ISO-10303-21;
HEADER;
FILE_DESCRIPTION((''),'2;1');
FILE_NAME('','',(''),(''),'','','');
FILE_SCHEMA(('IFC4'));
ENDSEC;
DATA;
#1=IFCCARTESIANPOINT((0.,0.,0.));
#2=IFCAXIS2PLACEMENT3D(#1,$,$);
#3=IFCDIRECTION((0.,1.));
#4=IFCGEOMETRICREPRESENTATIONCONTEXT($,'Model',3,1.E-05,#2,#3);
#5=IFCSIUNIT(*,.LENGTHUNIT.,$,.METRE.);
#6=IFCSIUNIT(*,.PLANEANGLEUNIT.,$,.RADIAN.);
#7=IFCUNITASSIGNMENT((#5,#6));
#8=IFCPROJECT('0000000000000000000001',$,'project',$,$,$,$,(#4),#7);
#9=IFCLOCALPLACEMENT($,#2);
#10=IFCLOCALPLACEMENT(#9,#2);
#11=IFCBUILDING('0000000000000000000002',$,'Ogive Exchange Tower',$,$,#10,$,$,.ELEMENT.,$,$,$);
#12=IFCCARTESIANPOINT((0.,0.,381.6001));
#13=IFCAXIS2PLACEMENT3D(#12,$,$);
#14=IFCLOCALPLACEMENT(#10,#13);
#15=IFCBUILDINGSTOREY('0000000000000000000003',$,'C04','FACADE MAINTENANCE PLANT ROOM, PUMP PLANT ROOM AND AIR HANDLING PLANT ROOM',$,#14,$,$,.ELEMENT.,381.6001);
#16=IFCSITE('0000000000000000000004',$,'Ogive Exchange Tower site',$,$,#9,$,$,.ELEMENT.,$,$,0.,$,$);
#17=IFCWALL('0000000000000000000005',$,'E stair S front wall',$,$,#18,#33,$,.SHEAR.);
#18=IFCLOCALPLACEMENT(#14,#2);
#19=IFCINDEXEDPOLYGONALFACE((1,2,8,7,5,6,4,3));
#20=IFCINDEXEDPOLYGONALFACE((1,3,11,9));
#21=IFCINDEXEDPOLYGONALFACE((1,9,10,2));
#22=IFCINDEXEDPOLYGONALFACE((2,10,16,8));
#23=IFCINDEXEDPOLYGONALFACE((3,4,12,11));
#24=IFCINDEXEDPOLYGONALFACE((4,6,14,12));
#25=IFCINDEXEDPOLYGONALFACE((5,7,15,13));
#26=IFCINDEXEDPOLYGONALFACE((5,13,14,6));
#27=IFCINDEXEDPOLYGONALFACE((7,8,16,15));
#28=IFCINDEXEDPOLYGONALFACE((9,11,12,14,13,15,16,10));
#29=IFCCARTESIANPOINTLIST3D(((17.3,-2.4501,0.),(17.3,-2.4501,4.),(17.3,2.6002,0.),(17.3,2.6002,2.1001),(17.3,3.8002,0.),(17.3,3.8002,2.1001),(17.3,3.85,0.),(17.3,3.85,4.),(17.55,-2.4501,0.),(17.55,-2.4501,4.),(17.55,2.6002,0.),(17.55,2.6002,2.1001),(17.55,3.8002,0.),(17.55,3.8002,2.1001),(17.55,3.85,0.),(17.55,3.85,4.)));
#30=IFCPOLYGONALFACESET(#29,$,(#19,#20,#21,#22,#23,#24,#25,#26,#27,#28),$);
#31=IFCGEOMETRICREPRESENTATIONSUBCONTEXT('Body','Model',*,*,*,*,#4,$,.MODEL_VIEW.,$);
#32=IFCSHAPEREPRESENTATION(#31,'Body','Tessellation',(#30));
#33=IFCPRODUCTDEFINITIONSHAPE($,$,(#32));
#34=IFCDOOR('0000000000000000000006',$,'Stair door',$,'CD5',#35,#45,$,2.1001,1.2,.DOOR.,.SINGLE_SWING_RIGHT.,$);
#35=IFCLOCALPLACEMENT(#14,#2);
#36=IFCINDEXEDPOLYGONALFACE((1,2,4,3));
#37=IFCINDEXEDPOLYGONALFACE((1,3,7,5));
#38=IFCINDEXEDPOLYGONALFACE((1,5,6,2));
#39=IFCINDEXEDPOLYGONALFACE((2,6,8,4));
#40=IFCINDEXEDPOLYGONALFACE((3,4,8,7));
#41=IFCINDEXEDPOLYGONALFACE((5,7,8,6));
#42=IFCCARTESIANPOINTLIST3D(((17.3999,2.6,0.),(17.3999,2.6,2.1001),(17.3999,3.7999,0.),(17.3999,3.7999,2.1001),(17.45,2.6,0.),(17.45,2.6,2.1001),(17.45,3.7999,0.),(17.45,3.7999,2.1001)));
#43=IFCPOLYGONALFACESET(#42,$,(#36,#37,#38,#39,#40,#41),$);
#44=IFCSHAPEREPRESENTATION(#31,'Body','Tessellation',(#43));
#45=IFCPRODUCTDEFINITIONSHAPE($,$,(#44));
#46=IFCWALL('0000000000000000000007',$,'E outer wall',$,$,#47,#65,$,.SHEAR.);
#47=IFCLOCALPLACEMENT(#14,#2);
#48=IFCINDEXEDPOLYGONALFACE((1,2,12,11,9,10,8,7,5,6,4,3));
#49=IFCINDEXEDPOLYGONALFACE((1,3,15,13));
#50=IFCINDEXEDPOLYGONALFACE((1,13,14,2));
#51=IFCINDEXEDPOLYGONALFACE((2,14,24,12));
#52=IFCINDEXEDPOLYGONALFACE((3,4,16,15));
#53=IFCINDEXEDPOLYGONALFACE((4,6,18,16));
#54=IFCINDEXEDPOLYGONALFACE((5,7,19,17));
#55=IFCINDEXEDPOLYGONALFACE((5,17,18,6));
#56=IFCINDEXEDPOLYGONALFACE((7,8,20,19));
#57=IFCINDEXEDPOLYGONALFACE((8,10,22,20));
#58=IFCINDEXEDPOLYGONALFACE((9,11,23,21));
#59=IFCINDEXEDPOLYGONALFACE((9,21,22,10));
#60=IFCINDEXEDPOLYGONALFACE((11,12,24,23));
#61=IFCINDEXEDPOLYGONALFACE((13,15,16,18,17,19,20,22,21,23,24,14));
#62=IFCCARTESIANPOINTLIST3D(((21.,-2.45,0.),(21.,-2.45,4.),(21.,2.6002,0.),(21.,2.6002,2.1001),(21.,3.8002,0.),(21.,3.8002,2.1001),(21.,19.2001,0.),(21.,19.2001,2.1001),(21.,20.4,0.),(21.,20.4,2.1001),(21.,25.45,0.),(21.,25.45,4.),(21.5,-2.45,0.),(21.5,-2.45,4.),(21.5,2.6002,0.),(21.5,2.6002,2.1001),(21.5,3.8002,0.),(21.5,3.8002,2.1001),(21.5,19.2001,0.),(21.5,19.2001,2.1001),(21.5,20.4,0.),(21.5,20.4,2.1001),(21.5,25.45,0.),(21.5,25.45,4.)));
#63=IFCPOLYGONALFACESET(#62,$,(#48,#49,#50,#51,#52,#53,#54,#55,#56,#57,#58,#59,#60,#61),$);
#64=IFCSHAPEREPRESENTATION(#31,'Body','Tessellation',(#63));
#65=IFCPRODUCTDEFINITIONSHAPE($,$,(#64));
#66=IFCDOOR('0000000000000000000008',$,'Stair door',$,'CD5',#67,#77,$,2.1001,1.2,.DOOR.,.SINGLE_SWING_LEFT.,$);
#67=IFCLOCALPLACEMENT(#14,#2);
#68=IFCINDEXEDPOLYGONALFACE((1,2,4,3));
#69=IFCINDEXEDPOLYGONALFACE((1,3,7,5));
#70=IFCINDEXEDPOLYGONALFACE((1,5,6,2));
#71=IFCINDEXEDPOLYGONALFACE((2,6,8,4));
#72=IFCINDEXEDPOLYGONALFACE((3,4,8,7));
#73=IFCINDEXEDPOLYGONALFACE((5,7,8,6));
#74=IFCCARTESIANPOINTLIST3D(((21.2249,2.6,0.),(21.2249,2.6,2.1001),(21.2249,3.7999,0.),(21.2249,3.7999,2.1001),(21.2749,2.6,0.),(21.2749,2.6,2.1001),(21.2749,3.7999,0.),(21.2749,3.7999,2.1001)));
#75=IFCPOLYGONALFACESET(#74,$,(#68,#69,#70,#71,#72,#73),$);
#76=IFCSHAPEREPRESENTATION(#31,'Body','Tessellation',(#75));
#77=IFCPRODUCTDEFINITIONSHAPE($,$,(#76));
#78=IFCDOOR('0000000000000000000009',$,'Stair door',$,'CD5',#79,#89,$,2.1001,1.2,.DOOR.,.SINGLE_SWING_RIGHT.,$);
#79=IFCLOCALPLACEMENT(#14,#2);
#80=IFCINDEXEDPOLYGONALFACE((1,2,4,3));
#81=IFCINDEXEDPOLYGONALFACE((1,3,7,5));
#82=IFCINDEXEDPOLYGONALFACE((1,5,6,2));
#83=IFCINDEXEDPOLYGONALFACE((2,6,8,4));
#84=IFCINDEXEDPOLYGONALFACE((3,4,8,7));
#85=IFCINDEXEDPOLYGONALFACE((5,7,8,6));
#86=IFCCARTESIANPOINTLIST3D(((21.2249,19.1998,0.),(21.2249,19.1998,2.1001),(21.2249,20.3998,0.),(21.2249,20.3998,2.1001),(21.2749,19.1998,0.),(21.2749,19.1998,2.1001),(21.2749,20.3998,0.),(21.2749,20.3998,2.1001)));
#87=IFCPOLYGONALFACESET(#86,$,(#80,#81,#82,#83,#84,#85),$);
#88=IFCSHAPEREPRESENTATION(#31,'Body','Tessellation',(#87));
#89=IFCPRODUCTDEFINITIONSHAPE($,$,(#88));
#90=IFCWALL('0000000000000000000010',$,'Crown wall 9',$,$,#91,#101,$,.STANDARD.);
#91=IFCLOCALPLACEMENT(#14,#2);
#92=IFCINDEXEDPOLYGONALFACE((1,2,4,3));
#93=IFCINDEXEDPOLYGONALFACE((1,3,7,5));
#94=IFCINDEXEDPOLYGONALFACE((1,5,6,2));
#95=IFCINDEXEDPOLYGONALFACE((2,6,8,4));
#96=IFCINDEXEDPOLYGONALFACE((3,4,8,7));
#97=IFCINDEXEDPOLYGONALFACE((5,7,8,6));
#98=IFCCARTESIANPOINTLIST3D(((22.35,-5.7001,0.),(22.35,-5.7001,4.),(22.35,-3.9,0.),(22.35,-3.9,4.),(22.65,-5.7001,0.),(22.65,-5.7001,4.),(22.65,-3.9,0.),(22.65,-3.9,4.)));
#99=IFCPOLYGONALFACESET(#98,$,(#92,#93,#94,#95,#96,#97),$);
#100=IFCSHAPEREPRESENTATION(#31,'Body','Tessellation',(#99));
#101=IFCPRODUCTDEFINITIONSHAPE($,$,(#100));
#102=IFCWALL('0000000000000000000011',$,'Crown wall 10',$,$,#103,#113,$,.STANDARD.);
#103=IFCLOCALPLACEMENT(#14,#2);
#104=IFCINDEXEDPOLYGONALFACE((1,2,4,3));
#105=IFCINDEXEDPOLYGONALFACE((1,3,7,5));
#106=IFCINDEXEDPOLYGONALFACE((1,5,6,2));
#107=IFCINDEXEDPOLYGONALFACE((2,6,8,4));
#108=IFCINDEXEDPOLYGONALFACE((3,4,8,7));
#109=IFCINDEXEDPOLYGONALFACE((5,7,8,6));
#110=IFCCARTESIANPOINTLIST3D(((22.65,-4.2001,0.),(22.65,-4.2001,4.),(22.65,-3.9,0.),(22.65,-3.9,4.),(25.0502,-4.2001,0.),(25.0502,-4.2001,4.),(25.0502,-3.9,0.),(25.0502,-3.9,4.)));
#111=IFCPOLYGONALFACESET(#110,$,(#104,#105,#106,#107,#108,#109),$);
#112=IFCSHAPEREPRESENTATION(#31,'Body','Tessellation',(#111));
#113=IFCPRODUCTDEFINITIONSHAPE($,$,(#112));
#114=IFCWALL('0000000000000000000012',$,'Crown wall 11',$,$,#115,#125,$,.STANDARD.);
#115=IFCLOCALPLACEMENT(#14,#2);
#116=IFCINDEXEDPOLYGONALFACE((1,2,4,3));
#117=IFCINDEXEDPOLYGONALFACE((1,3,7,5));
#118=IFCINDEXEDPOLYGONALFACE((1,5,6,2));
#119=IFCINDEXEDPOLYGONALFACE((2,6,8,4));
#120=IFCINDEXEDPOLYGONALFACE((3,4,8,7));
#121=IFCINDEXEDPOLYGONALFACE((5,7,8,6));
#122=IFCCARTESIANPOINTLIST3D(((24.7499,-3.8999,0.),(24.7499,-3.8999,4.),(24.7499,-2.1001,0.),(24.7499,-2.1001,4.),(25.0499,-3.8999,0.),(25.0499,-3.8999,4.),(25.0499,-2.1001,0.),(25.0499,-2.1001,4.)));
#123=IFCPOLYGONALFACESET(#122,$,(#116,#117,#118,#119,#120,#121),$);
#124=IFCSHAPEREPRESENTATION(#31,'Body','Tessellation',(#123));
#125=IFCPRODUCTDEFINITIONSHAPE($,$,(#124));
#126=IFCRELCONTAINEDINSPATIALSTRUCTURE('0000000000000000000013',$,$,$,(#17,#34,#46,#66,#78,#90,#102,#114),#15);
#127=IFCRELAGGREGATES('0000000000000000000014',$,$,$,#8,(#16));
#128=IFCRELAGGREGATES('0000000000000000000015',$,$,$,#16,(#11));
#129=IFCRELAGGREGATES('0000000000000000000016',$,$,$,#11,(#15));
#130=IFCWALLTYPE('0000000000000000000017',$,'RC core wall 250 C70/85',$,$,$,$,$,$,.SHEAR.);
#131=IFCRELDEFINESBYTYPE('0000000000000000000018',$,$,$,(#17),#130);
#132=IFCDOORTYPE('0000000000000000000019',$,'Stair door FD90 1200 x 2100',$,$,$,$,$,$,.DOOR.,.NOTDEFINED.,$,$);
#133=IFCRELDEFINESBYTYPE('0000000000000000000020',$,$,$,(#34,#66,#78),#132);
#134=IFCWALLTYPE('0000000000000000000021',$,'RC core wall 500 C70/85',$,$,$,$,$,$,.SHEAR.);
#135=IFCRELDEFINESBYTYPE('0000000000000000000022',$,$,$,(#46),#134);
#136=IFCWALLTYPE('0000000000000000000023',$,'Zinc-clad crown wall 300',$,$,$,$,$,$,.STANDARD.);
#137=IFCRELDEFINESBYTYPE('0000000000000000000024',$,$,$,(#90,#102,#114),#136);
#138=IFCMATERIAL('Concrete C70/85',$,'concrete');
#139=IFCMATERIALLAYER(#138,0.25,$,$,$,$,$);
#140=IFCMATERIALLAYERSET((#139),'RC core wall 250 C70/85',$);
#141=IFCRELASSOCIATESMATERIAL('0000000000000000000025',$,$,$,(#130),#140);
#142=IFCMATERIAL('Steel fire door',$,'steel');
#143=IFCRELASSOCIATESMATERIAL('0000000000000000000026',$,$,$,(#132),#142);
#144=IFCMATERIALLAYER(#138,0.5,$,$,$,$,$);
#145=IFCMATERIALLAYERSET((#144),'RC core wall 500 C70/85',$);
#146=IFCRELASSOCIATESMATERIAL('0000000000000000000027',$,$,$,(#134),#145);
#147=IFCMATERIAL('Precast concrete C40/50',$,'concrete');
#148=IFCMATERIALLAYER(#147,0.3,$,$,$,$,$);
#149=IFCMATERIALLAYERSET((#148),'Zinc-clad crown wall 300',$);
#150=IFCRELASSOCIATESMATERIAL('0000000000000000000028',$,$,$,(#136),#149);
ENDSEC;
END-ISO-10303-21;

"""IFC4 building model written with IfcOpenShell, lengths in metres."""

from ifc_helpers import new_model, si_unit, direction, frame, frame_2d, origin, place, context, subcontext, project, spatial, rectangle, extrude, material, layer, layer_set, type_object, element, fill, save


model = new_model("IFC4")

# Units and contexts
model_context = context("Model", 3, precision=1e-05, world=origin(), true_north=direction((0.0, 1.0)))
body_context = subcontext(model_context, "Body", "Model", "MODEL_VIEW")
ifc_project = project(units=[si_unit("LENGTHUNIT", "METRE"), si_unit("PLANEANGLEUNIT", "RADIAN")], contexts=[model_context])

# Site, building, storey
site_placement = place(None, origin())
site = spatial("IfcSite", under=ifc_project, at=site_placement, Name="Ogive Exchange Tower site", CompositionType="ELEMENT", RefElevation=0.0)
building_placement = place(site_placement, origin())
building = spatial("IfcBuilding", under=site, at=building_placement, Name="Ogive Exchange Tower", CompositionType="ELEMENT")
storey_placement = place(building_placement, frame((0.0, 0.0, 381.6001)))
storey = spatial("IfcBuildingStorey", under=building, at=storey_placement, Name="C04", Description="FACADE MAINTENANCE PLANT ROOM, PUMP PLANT ROOM AND AIR HANDLING PLANT ROOM", CompositionType="ELEMENT", Elevation=381.6001)

# Wall, opening, door
ifc_material_1 = material(Name="Concrete C70/85", Category="concrete")
ifc_layer_1 = layer(ifc_material_1, 0.25)
ifc_layer_set_1 = layer_set([ifc_layer_1], Name="RC core wall 250 C70/85")
wall_type_1 = type_object("IfcWallType", Name="RC core wall 250 C70/85", PredefinedType="SHEAR", material=ifc_layer_set_1)
wall_1_placement = place(storey_placement, frame((17.425, -2.45, 0.0), z_axis=(0.0, 0.0, 1.0), x_axis=(0.0, 1.0, 0.0)))
wall_1 = element("IfcWall", 1, at=wall_1_placement, inside=storey, type_object=wall_type_1, Name="E stair S front wall", PredefinedType="SHEAR", context=body_context, shape_type="SweptSolid", body=[
    extrude(rectangle(XDim=6.3, YDim=0.25, at=frame_2d((3.1499, 0.0))), origin(), (0.0, 0.0, 1.0), 4.0),
])
opening_1_placement = place(wall_1_placement, frame((5.05, 0.0, 0.0)))
opening_1 = element("IfcOpeningElement", 2, at=opening_1_placement, cuts=wall_1, PredefinedType="OPENING", context=body_context, shape_type="SweptSolid", body=[
    extrude(rectangle(XDim=1.2, YDim=2.1001, at=frame_2d((0.6001, 1.05))), frame((0.0, 0.135, 0.0), z_axis=(0.0, -1.0, 0.0), x_axis=(1.0, 0.0, 0.0)), (0.0, 0.0, 1.0), 0.27),
])
ifc_material_2 = material(Name="Steel fire door", Category="steel")
door_type = type_object("IfcDoorType", Name="Stair door FD90 1200 x 2100", OperationType="NOTDEFINED", PredefinedType="DOOR", material=ifc_material_2)
door_1_placement = place(opening_1_placement, frame((1.2, 0.0, 0.0), z_axis=(0.0, 0.0, 1.0), x_axis=(-1.0, 0.0, 0.0)))
door_1 = element("IfcDoor", 3, at=door_1_placement, inside=storey, type_object=door_type, Name="Stair door", ObjectType="CD5", OperationType="SINGLE_SWING_RIGHT", OverallHeight=2.1001, OverallWidth=1.2, PredefinedType="DOOR", context=body_context, shape_type="SweptSolid", body=[
    extrude(rectangle(XDim=1.2, YDim=2.1001, at=frame_2d((0.6001, 1.05))), frame((0.0, 0.0249, 0.0), z_axis=(0.0, -1.0, 0.0), x_axis=(1.0, 0.0, 0.0)), (0.0, 0.0, 1.0), 0.05),
])
fill(opening_1, door_1)

# Wall, openings, doors
ifc_layer_2 = layer(ifc_material_1, 0.5)
ifc_layer_set_2 = layer_set([ifc_layer_2], Name="RC core wall 500 C70/85")
wall_type_2 = type_object("IfcWallType", Name="RC core wall 500 C70/85", PredefinedType="SHEAR", material=ifc_layer_set_2)
wall_2_placement = place(storey_placement, frame((21.25, -2.45, 0.0), z_axis=(0.0, 0.0, 1.0), x_axis=(0.0, 1.0, 0.0)))
wall_2 = element("IfcWall", 4, at=wall_2_placement, inside=storey, type_object=wall_type_2, Name="E outer wall", PredefinedType="SHEAR", context=body_context, shape_type="SweptSolid", body=[
    extrude(rectangle(XDim=27.8999, YDim=0.5, at=frame_2d((13.95, 0.0))), origin(), (0.0, 0.0, 1.0), 4.0),
])
opening_2_placement = place(wall_2_placement, frame((5.05, 0.0, 0.0)))
opening_2 = element("IfcOpeningElement", 5, at=opening_2_placement, cuts=wall_2, PredefinedType="OPENING", context=body_context, shape_type="SweptSolid", body=[
    extrude(rectangle(XDim=1.2, YDim=2.1001, at=frame_2d((0.6001, 1.05))), frame((0.0, 0.26, 0.0), z_axis=(0.0, -1.0, 0.0), x_axis=(1.0, 0.0, 0.0)), (0.0, 0.0, 1.0), 0.52),
])
opening_3_placement = place(wall_2_placement, frame((21.6499, 0.0, 0.0)))
opening_3 = element("IfcOpeningElement", 6, at=opening_3_placement, cuts=wall_2, PredefinedType="OPENING", context=body_context, shape_type="SweptSolid", body=[
    extrude(rectangle(XDim=1.2, YDim=2.1001, at=frame_2d((0.6001, 1.05))), frame((0.0, 0.26, 0.0), z_axis=(0.0, -1.0, 0.0), x_axis=(1.0, 0.0, 0.0)), (0.0, 0.0, 1.0), 0.52),
])
door_2_placement = place(opening_2_placement, frame((1.2, 0.0, 0.0), z_axis=(0.0, 0.0, 1.0), x_axis=(-1.0, 0.0, 0.0)))
door_2 = element("IfcDoor", 7, at=door_2_placement, inside=storey, type_object=door_type, Name="Stair door", ObjectType="CD5", OperationType="SINGLE_SWING_LEFT", OverallHeight=2.1001, OverallWidth=1.2, PredefinedType="DOOR", context=body_context, shape_type="SweptSolid", body=[
    extrude(rectangle(XDim=1.2, YDim=2.1001, at=frame_2d((0.6001, 1.05))), frame((0.0, 0.0249, 0.0), z_axis=(0.0, -1.0, 0.0), x_axis=(1.0, 0.0, 0.0)), (0.0, 0.0, 1.0), 0.05),
])
fill(opening_2, door_2)
door_3_placement = place(opening_3_placement, frame((1.2, 0.0, 0.0), z_axis=(0.0, 0.0, 1.0), x_axis=(-1.0, 0.0, 0.0)))
door_3 = element("IfcDoor", 8, at=door_3_placement, inside=storey, type_object=door_type, Name="Stair door", ObjectType="CD5", OperationType="SINGLE_SWING_RIGHT", OverallHeight=2.1001, OverallWidth=1.2, PredefinedType="DOOR", context=body_context, shape_type="SweptSolid", body=[
    extrude(rectangle(XDim=1.2, YDim=2.1001, at=frame_2d((0.6001, 1.05))), frame((0.0, 0.0249, 0.0), z_axis=(0.0, -1.0, 0.0), x_axis=(1.0, 0.0, 0.0)), (0.0, 0.0, 1.0), 0.05),
])
fill(opening_3, door_3)

# Walls
ifc_material_3 = material(Name="Precast concrete C40/50", Category="concrete")
ifc_layer_3 = layer(ifc_material_3, 0.3)
ifc_layer_set_3 = layer_set([ifc_layer_3], Name="Zinc-clad crown wall 300")
wall_type_3 = type_object("IfcWallType", Name="Zinc-clad crown wall 300", PredefinedType="STANDARD", material=ifc_layer_set_3)
wall_3_placement = place(storey_placement, frame((22.5, -5.7, 0.0), z_axis=(0.0, 0.0, 1.0), x_axis=(0.0, 1.0, 0.0)))
element("IfcWall", 9, at=wall_3_placement, inside=storey, type_object=wall_type_3, Name="Crown wall 9", PredefinedType="STANDARD", context=body_context, shape_type="SweptSolid", body=[
    extrude(rectangle(XDim=1.8, YDim=0.3, at=frame_2d((0.8999, 0.0))), origin(), (0.0, 0.0, 1.0), 4.0),
])
wall_4_placement = place(storey_placement, frame((22.6499, -4.05, 0.0), z_axis=(0.0, 0.0, 1.0), x_axis=(1.0, 0.0, 0.0)))
element("IfcWall", 10, at=wall_4_placement, inside=storey, type_object=wall_type_3, Name="Crown wall 10", PredefinedType="STANDARD", context=body_context, shape_type="SweptSolid", body=[
    extrude(rectangle(XDim=2.4001, YDim=0.3, at=frame_2d((1.2002, 0.0))), origin(), (0.0, 0.0, 1.0), 4.0),
])
wall_5_placement = place(storey_placement, frame((24.8999, -3.8999, 0.0), z_axis=(0.0, 0.0, 1.0), x_axis=(0.0, 1.0, 0.0)))
element("IfcWall", 11, at=wall_5_placement, inside=storey, type_object=wall_type_3, Name="Crown wall 11", PredefinedType="STANDARD", context=body_context, shape_type="SweptSolid", body=[
    extrude(rectangle(XDim=1.7998, YDim=0.3, at=frame_2d((0.8999, 0.0))), origin(), (0.0, 0.0, 1.0), 4.0),
])

save(model, "model.ifc")
